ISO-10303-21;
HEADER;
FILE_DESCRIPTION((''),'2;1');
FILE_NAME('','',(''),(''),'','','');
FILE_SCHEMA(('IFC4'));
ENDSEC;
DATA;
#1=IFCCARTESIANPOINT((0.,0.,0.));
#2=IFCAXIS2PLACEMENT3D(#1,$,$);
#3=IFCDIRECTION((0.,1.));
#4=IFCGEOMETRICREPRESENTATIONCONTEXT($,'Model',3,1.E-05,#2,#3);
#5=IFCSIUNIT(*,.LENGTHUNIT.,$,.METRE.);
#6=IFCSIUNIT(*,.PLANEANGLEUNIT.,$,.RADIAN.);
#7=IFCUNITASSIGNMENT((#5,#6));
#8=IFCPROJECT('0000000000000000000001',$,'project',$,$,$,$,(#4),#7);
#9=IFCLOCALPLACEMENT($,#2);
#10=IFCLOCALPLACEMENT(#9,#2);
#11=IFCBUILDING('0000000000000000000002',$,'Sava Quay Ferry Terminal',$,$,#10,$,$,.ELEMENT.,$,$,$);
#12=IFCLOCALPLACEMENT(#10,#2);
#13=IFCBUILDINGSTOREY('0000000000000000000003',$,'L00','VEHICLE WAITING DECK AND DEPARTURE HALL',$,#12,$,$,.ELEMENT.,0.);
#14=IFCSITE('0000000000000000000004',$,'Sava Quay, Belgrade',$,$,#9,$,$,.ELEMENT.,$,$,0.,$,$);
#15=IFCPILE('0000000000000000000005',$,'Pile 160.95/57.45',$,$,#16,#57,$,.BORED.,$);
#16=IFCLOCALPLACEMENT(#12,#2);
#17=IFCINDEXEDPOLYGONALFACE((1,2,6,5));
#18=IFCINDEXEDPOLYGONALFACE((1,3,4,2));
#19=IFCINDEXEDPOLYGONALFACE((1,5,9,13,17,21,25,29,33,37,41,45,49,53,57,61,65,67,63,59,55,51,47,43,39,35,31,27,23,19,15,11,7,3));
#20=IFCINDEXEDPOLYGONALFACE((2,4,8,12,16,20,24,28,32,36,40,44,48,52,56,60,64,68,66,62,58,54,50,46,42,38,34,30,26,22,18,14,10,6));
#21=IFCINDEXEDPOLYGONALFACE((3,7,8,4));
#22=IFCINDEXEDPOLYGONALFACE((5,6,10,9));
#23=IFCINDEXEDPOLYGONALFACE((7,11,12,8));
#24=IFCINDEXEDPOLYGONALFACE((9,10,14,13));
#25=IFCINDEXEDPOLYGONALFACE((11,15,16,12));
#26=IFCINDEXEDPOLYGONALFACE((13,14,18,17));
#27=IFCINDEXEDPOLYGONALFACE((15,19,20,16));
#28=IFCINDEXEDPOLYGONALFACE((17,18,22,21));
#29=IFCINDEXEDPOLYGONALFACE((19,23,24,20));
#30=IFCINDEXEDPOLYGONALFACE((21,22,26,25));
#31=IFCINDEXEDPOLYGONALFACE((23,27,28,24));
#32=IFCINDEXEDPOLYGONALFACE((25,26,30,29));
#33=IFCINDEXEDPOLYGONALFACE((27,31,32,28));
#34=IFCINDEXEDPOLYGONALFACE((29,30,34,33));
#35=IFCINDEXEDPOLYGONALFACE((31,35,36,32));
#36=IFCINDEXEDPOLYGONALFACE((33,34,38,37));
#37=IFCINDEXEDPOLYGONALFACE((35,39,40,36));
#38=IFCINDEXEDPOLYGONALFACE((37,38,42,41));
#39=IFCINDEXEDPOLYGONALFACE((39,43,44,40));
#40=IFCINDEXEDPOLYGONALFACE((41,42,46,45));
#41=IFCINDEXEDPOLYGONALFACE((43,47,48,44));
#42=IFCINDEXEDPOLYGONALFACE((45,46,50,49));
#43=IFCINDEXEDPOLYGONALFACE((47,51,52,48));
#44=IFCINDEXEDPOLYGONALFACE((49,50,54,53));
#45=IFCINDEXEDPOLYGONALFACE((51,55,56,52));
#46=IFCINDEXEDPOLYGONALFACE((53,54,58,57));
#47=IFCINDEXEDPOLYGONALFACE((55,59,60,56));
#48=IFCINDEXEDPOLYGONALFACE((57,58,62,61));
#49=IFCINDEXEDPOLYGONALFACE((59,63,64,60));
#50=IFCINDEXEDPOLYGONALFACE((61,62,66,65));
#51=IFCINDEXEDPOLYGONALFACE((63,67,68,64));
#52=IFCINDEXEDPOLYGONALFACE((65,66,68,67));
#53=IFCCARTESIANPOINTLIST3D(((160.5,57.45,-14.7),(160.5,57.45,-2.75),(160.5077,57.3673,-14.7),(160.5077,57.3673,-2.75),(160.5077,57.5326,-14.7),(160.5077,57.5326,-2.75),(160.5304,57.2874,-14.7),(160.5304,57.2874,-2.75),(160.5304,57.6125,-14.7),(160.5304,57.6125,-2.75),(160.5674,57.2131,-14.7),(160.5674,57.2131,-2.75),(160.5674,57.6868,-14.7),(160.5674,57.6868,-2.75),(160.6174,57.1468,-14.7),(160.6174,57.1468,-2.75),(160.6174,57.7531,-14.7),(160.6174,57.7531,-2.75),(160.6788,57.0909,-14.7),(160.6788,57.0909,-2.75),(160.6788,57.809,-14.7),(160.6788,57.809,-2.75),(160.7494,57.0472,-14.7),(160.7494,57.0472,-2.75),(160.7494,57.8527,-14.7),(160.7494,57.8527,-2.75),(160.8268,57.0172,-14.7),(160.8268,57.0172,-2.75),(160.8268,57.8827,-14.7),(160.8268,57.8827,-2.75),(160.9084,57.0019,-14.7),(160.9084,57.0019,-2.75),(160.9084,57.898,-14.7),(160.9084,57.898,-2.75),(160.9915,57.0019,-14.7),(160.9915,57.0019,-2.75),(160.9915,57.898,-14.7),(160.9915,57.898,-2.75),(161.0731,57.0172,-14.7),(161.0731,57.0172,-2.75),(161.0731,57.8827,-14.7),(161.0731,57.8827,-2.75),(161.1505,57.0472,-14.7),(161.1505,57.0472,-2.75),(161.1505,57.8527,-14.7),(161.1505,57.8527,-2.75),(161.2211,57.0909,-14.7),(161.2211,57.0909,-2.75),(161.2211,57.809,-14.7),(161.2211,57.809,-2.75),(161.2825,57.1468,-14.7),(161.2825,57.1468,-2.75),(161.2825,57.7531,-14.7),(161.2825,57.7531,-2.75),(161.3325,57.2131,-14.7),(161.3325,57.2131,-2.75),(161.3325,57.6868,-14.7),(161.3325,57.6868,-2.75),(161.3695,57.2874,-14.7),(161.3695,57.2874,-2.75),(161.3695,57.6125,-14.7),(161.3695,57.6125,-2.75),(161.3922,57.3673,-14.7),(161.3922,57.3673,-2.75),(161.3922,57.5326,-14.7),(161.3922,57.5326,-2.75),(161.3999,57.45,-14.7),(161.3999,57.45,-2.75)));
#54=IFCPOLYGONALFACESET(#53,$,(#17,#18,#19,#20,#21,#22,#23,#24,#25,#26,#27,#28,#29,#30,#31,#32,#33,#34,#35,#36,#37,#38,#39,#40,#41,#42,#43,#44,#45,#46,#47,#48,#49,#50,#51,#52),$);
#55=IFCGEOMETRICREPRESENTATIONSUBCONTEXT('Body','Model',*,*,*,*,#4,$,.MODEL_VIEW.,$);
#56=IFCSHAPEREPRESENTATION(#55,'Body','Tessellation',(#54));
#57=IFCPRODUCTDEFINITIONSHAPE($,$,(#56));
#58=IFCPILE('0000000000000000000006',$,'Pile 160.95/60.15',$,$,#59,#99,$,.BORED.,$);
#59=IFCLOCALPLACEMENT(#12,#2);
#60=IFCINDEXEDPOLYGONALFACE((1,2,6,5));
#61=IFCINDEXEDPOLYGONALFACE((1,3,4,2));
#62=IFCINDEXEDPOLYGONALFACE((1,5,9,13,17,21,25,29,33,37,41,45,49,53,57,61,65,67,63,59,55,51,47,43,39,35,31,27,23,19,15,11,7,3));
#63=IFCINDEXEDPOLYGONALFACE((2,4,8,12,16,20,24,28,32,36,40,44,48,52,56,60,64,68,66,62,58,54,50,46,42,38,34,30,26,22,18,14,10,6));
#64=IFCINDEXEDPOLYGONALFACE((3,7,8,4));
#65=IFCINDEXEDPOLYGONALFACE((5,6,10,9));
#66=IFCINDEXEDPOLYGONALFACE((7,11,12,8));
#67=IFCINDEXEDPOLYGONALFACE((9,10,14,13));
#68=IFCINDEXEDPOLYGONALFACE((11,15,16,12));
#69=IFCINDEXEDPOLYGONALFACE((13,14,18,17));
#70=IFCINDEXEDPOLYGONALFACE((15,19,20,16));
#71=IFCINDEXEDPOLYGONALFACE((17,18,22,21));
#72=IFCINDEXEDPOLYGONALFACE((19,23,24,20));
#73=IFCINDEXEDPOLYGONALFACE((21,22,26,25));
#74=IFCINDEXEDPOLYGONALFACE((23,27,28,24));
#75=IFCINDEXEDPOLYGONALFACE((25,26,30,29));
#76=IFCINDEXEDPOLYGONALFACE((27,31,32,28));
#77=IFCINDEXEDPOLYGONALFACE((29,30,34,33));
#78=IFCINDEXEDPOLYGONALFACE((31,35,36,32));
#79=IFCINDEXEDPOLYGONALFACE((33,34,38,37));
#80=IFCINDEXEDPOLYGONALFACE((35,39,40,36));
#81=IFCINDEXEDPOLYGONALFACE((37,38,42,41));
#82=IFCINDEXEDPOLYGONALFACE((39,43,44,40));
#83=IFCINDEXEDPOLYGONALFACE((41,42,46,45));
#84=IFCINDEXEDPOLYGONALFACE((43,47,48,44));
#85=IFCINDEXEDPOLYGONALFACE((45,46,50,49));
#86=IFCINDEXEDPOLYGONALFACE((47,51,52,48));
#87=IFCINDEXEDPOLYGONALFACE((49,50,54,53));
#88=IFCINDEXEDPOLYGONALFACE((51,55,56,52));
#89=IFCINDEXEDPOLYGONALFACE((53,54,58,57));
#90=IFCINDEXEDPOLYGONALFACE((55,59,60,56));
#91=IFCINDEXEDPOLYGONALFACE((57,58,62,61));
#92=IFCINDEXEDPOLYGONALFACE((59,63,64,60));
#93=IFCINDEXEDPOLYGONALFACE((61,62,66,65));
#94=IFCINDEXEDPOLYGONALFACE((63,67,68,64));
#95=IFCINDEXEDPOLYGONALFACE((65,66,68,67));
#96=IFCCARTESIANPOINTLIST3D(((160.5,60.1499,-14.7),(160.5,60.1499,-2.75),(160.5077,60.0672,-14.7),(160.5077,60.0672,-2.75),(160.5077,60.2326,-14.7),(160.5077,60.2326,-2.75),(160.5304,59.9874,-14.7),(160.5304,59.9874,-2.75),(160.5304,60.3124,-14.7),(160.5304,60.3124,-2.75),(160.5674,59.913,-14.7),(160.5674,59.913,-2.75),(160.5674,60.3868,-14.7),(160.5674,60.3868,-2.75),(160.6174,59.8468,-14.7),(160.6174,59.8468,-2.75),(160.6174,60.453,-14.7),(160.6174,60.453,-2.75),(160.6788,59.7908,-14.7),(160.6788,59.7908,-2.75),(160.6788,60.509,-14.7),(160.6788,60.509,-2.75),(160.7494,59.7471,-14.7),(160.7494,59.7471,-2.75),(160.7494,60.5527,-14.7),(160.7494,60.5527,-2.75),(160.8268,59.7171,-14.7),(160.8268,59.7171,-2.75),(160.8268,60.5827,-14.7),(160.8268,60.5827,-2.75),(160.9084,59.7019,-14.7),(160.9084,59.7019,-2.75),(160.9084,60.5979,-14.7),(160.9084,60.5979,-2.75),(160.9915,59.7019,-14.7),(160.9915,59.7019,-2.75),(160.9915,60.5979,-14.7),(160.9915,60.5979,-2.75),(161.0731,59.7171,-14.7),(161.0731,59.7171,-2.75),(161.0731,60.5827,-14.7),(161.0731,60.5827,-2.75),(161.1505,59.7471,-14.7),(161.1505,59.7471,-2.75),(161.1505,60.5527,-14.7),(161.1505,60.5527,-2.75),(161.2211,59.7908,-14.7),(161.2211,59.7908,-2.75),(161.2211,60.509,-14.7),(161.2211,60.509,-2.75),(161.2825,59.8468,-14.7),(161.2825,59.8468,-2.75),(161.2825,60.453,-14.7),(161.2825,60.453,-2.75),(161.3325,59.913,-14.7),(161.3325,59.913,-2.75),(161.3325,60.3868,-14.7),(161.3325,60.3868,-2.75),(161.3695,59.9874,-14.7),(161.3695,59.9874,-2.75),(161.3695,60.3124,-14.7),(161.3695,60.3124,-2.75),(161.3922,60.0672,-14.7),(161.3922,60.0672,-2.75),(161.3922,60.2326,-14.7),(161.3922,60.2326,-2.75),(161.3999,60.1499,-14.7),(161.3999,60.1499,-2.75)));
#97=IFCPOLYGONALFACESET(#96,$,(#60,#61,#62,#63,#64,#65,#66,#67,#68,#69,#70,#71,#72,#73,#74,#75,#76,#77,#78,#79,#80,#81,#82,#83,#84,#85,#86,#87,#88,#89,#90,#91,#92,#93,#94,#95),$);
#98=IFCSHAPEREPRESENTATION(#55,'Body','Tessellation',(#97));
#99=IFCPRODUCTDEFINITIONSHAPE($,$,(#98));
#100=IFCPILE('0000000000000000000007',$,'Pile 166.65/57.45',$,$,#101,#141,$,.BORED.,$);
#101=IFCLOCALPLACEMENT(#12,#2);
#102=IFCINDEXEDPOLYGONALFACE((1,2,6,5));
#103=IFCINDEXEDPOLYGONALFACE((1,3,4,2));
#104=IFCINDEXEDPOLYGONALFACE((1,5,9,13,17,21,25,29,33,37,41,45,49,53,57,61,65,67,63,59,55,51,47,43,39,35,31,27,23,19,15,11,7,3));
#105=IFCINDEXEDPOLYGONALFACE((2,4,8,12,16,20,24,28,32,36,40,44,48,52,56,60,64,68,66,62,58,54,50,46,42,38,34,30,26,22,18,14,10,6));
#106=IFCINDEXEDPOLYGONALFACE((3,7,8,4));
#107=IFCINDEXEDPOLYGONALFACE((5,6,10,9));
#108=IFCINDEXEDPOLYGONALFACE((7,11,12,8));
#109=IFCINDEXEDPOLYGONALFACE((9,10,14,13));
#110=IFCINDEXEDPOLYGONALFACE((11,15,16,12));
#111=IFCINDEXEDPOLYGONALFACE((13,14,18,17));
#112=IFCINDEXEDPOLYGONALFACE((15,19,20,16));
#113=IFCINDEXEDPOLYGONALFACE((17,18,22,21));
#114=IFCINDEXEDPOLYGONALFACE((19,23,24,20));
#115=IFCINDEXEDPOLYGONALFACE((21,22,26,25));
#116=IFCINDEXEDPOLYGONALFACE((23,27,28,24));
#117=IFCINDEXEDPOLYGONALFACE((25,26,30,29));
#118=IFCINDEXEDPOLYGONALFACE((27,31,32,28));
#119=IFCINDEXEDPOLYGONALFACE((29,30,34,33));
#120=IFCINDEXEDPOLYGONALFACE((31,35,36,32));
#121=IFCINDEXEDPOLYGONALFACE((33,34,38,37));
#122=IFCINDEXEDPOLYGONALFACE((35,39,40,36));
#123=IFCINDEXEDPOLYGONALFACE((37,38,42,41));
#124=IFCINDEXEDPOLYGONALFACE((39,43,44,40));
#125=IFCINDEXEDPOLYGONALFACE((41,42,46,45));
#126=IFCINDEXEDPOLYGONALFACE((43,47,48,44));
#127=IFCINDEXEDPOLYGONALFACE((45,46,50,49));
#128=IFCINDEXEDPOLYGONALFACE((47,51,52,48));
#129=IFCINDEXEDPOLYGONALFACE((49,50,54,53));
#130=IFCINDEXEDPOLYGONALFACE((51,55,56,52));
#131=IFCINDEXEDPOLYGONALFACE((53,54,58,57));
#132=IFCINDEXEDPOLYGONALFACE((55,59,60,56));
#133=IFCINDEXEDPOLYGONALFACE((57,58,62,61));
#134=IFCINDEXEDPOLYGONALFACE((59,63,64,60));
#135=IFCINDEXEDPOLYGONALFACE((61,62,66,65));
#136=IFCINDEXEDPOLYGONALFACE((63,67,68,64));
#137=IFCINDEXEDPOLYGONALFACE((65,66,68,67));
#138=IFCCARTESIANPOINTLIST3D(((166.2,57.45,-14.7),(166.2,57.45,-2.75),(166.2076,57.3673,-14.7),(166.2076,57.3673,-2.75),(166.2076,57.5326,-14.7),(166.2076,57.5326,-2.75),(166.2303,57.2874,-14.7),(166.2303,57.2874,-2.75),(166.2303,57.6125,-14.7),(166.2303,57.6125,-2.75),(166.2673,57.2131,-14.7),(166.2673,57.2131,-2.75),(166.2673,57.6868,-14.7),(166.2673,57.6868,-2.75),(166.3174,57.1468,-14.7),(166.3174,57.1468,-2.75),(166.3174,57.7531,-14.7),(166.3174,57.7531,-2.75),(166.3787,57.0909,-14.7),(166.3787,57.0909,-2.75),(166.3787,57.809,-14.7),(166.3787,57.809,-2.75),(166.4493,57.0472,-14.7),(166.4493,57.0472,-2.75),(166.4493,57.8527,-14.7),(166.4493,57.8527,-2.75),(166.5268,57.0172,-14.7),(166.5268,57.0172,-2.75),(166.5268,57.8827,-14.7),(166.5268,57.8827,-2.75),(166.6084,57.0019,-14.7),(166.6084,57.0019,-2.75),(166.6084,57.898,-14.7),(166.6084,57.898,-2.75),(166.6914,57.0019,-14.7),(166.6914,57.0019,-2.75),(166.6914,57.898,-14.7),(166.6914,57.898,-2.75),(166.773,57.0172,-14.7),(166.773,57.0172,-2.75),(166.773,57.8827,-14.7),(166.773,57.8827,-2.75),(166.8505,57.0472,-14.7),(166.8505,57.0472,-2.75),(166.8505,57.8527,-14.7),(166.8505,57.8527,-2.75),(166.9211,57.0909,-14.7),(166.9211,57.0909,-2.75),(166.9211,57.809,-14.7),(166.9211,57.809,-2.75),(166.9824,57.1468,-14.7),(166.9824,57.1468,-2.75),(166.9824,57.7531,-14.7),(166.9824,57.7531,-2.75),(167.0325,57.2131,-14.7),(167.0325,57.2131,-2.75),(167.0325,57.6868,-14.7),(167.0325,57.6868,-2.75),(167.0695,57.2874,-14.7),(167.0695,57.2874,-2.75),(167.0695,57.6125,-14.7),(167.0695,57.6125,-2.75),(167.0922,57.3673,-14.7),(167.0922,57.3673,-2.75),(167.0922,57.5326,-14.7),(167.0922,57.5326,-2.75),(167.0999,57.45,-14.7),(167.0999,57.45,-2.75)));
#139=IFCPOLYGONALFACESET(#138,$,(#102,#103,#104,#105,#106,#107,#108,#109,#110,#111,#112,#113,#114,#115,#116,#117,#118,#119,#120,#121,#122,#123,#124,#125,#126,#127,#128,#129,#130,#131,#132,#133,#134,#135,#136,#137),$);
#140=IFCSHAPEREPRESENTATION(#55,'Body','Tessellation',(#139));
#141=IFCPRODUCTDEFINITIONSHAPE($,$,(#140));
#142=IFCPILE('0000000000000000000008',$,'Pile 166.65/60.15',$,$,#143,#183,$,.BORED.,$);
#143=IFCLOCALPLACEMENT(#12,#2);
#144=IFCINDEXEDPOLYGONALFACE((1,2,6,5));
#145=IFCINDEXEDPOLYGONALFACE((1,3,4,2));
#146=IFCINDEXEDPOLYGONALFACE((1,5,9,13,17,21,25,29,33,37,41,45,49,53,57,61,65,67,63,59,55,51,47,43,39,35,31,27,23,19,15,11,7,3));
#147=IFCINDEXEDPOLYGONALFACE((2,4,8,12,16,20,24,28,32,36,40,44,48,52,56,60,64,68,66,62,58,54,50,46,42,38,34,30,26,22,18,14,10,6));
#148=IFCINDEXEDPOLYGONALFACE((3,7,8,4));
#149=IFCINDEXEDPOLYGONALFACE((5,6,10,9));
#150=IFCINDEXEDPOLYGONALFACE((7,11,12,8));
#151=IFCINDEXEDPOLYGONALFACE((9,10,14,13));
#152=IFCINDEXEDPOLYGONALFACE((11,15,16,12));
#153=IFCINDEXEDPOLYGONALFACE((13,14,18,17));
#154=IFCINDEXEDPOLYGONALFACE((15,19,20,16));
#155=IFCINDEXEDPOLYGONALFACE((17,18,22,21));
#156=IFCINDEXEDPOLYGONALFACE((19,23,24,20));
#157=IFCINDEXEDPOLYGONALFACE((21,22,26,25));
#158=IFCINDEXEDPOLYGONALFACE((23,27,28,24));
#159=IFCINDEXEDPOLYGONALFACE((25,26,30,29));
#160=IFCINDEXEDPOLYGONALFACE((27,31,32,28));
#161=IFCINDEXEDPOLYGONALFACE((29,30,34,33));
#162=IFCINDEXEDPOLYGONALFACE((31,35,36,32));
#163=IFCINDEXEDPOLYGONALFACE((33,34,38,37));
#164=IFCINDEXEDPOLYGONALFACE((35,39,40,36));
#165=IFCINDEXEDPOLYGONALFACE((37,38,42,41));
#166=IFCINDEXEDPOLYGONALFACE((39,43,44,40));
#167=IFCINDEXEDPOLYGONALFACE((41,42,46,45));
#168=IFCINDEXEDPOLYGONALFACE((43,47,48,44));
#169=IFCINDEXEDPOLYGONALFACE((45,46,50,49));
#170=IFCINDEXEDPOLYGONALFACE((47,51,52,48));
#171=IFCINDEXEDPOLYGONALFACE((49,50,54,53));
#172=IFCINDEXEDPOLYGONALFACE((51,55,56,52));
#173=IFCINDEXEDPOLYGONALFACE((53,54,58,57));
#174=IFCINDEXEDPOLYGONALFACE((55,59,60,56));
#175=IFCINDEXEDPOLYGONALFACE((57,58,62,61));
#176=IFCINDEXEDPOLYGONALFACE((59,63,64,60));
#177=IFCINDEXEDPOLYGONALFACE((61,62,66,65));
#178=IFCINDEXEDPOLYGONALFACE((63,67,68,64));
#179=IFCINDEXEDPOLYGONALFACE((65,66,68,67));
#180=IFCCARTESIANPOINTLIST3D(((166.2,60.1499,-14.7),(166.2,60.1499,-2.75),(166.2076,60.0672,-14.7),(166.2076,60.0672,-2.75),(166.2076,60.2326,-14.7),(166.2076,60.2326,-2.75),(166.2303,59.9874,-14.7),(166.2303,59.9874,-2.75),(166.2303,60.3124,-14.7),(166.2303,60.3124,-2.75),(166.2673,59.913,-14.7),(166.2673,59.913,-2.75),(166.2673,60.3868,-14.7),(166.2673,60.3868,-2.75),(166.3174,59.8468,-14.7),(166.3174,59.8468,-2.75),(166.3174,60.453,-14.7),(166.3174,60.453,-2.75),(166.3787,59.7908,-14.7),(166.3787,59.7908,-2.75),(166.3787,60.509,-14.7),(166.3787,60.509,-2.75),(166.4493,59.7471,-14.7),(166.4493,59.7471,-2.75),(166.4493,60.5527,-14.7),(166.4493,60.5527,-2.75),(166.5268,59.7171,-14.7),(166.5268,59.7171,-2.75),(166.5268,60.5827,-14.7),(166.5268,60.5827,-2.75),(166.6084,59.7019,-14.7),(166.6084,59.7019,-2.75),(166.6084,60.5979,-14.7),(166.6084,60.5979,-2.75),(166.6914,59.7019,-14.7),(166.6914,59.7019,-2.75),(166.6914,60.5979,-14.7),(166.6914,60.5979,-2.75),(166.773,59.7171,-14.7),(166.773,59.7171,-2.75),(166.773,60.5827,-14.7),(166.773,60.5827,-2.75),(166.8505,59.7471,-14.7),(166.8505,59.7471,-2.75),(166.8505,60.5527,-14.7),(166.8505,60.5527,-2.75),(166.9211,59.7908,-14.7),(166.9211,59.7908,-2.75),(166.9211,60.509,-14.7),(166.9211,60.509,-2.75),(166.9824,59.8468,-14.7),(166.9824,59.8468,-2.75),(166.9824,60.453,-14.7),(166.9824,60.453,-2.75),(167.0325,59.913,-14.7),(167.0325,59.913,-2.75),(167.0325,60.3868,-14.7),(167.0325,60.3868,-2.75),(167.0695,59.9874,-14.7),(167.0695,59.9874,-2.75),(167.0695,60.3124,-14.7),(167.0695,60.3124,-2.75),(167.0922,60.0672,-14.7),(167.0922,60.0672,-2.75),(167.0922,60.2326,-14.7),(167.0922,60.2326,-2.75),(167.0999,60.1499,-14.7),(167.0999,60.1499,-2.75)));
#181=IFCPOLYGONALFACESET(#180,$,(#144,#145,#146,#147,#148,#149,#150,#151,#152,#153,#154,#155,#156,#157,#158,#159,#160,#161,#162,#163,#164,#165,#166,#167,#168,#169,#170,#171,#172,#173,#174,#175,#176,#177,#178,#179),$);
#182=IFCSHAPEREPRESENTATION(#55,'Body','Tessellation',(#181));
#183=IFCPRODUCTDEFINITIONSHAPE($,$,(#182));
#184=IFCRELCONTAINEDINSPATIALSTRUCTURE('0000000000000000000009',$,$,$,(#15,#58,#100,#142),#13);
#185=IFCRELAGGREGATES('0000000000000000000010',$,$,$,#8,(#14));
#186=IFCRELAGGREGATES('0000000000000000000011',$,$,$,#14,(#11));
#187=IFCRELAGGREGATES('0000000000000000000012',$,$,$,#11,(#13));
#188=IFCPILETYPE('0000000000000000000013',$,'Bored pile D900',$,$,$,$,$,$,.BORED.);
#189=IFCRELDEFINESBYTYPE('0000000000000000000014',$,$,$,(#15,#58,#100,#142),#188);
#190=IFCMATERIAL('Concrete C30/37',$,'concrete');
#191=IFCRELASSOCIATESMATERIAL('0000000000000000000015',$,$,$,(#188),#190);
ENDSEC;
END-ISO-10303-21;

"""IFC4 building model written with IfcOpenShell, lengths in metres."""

from ifc_helpers import new_model, si_unit, direction, frame, origin, origin_2d, place, context, subcontext, project, spatial, circle, extrude, material, material_profile, profile_set, type_object, element, save


model = new_model("IFC4")

# Units and contexts
model_context = context("Model", 3, precision=1e-05, world=origin(), true_north=direction((0.0, 1.0)))
body_context = subcontext(model_context, "Body", "Model", "MODEL_VIEW")
ifc_project = project(units=[si_unit("LENGTHUNIT", "METRE"), si_unit("PLANEANGLEUNIT", "RADIAN")], contexts=[model_context])

# Site, building, storey
site_placement = place(None, origin())
site = spatial("IfcSite", under=ifc_project, at=site_placement, Name="Sava Quay, Belgrade", CompositionType="ELEMENT", RefElevation=0.0)
building_placement = place(site_placement, origin())
building = spatial("IfcBuilding", under=site, at=building_placement, Name="Sava Quay Ferry Terminal", CompositionType="ELEMENT")
storey_placement = place(building_placement, origin())
storey = spatial("IfcBuildingStorey", under=building, at=storey_placement, Name="L00", Description="VEHICLE WAITING DECK AND DEPARTURE HALL", CompositionType="ELEMENT", Elevation=0.0)

# Piles
ifc_material_1 = material(Name="Concrete C30/37", Category="concrete")
ifc_material_profile_1 = material_profile(ifc_material_1, circle(Radius=0.45, at=origin_2d()), Name="Bored pile D900")
ifc_profile_set_1 = profile_set([ifc_material_profile_1], Name="Concrete C30/37")
pile_type = type_object("IfcPileType", Name="Bored pile D900", PredefinedType="BORED", material=ifc_profile_set_1)
for number, where, z_axis, x_axis, name in (
    (1, (160.95, 57.45, -2.75), (0.0, 0.0, -1.0), (1.0, 0.0, 0.0), "Pile 160.95/57.45"),
    (2, (160.95, 60.1499, -2.75), (0.0, 0.0, -1.0), (1.0, 0.0, 0.0), "Pile 160.95/60.15"),
    (3, (166.6499, 57.45, -2.75), (0.0, 0.0, -1.0), (1.0, 0.0, 0.0), "Pile 166.65/57.45"),
    (4, (166.6499, 60.1499, -2.75), (0.0, 0.0, -1.0), (1.0, 0.0, 0.0), "Pile 166.65/60.15"),
):
    element("IfcPile", number, at=place(storey_placement, frame(where, z_axis=z_axis, x_axis=x_axis)), inside=storey, type_object=pile_type, Name=name, PredefinedType="BORED", context=body_context, shape_type="SweptSolid", body=[
        extrude(circle(Radius=0.45, at=origin_2d()), origin(), (0.0, 0.0, 1.0), 11.95),
    ])

save(model, "model.ifc")
